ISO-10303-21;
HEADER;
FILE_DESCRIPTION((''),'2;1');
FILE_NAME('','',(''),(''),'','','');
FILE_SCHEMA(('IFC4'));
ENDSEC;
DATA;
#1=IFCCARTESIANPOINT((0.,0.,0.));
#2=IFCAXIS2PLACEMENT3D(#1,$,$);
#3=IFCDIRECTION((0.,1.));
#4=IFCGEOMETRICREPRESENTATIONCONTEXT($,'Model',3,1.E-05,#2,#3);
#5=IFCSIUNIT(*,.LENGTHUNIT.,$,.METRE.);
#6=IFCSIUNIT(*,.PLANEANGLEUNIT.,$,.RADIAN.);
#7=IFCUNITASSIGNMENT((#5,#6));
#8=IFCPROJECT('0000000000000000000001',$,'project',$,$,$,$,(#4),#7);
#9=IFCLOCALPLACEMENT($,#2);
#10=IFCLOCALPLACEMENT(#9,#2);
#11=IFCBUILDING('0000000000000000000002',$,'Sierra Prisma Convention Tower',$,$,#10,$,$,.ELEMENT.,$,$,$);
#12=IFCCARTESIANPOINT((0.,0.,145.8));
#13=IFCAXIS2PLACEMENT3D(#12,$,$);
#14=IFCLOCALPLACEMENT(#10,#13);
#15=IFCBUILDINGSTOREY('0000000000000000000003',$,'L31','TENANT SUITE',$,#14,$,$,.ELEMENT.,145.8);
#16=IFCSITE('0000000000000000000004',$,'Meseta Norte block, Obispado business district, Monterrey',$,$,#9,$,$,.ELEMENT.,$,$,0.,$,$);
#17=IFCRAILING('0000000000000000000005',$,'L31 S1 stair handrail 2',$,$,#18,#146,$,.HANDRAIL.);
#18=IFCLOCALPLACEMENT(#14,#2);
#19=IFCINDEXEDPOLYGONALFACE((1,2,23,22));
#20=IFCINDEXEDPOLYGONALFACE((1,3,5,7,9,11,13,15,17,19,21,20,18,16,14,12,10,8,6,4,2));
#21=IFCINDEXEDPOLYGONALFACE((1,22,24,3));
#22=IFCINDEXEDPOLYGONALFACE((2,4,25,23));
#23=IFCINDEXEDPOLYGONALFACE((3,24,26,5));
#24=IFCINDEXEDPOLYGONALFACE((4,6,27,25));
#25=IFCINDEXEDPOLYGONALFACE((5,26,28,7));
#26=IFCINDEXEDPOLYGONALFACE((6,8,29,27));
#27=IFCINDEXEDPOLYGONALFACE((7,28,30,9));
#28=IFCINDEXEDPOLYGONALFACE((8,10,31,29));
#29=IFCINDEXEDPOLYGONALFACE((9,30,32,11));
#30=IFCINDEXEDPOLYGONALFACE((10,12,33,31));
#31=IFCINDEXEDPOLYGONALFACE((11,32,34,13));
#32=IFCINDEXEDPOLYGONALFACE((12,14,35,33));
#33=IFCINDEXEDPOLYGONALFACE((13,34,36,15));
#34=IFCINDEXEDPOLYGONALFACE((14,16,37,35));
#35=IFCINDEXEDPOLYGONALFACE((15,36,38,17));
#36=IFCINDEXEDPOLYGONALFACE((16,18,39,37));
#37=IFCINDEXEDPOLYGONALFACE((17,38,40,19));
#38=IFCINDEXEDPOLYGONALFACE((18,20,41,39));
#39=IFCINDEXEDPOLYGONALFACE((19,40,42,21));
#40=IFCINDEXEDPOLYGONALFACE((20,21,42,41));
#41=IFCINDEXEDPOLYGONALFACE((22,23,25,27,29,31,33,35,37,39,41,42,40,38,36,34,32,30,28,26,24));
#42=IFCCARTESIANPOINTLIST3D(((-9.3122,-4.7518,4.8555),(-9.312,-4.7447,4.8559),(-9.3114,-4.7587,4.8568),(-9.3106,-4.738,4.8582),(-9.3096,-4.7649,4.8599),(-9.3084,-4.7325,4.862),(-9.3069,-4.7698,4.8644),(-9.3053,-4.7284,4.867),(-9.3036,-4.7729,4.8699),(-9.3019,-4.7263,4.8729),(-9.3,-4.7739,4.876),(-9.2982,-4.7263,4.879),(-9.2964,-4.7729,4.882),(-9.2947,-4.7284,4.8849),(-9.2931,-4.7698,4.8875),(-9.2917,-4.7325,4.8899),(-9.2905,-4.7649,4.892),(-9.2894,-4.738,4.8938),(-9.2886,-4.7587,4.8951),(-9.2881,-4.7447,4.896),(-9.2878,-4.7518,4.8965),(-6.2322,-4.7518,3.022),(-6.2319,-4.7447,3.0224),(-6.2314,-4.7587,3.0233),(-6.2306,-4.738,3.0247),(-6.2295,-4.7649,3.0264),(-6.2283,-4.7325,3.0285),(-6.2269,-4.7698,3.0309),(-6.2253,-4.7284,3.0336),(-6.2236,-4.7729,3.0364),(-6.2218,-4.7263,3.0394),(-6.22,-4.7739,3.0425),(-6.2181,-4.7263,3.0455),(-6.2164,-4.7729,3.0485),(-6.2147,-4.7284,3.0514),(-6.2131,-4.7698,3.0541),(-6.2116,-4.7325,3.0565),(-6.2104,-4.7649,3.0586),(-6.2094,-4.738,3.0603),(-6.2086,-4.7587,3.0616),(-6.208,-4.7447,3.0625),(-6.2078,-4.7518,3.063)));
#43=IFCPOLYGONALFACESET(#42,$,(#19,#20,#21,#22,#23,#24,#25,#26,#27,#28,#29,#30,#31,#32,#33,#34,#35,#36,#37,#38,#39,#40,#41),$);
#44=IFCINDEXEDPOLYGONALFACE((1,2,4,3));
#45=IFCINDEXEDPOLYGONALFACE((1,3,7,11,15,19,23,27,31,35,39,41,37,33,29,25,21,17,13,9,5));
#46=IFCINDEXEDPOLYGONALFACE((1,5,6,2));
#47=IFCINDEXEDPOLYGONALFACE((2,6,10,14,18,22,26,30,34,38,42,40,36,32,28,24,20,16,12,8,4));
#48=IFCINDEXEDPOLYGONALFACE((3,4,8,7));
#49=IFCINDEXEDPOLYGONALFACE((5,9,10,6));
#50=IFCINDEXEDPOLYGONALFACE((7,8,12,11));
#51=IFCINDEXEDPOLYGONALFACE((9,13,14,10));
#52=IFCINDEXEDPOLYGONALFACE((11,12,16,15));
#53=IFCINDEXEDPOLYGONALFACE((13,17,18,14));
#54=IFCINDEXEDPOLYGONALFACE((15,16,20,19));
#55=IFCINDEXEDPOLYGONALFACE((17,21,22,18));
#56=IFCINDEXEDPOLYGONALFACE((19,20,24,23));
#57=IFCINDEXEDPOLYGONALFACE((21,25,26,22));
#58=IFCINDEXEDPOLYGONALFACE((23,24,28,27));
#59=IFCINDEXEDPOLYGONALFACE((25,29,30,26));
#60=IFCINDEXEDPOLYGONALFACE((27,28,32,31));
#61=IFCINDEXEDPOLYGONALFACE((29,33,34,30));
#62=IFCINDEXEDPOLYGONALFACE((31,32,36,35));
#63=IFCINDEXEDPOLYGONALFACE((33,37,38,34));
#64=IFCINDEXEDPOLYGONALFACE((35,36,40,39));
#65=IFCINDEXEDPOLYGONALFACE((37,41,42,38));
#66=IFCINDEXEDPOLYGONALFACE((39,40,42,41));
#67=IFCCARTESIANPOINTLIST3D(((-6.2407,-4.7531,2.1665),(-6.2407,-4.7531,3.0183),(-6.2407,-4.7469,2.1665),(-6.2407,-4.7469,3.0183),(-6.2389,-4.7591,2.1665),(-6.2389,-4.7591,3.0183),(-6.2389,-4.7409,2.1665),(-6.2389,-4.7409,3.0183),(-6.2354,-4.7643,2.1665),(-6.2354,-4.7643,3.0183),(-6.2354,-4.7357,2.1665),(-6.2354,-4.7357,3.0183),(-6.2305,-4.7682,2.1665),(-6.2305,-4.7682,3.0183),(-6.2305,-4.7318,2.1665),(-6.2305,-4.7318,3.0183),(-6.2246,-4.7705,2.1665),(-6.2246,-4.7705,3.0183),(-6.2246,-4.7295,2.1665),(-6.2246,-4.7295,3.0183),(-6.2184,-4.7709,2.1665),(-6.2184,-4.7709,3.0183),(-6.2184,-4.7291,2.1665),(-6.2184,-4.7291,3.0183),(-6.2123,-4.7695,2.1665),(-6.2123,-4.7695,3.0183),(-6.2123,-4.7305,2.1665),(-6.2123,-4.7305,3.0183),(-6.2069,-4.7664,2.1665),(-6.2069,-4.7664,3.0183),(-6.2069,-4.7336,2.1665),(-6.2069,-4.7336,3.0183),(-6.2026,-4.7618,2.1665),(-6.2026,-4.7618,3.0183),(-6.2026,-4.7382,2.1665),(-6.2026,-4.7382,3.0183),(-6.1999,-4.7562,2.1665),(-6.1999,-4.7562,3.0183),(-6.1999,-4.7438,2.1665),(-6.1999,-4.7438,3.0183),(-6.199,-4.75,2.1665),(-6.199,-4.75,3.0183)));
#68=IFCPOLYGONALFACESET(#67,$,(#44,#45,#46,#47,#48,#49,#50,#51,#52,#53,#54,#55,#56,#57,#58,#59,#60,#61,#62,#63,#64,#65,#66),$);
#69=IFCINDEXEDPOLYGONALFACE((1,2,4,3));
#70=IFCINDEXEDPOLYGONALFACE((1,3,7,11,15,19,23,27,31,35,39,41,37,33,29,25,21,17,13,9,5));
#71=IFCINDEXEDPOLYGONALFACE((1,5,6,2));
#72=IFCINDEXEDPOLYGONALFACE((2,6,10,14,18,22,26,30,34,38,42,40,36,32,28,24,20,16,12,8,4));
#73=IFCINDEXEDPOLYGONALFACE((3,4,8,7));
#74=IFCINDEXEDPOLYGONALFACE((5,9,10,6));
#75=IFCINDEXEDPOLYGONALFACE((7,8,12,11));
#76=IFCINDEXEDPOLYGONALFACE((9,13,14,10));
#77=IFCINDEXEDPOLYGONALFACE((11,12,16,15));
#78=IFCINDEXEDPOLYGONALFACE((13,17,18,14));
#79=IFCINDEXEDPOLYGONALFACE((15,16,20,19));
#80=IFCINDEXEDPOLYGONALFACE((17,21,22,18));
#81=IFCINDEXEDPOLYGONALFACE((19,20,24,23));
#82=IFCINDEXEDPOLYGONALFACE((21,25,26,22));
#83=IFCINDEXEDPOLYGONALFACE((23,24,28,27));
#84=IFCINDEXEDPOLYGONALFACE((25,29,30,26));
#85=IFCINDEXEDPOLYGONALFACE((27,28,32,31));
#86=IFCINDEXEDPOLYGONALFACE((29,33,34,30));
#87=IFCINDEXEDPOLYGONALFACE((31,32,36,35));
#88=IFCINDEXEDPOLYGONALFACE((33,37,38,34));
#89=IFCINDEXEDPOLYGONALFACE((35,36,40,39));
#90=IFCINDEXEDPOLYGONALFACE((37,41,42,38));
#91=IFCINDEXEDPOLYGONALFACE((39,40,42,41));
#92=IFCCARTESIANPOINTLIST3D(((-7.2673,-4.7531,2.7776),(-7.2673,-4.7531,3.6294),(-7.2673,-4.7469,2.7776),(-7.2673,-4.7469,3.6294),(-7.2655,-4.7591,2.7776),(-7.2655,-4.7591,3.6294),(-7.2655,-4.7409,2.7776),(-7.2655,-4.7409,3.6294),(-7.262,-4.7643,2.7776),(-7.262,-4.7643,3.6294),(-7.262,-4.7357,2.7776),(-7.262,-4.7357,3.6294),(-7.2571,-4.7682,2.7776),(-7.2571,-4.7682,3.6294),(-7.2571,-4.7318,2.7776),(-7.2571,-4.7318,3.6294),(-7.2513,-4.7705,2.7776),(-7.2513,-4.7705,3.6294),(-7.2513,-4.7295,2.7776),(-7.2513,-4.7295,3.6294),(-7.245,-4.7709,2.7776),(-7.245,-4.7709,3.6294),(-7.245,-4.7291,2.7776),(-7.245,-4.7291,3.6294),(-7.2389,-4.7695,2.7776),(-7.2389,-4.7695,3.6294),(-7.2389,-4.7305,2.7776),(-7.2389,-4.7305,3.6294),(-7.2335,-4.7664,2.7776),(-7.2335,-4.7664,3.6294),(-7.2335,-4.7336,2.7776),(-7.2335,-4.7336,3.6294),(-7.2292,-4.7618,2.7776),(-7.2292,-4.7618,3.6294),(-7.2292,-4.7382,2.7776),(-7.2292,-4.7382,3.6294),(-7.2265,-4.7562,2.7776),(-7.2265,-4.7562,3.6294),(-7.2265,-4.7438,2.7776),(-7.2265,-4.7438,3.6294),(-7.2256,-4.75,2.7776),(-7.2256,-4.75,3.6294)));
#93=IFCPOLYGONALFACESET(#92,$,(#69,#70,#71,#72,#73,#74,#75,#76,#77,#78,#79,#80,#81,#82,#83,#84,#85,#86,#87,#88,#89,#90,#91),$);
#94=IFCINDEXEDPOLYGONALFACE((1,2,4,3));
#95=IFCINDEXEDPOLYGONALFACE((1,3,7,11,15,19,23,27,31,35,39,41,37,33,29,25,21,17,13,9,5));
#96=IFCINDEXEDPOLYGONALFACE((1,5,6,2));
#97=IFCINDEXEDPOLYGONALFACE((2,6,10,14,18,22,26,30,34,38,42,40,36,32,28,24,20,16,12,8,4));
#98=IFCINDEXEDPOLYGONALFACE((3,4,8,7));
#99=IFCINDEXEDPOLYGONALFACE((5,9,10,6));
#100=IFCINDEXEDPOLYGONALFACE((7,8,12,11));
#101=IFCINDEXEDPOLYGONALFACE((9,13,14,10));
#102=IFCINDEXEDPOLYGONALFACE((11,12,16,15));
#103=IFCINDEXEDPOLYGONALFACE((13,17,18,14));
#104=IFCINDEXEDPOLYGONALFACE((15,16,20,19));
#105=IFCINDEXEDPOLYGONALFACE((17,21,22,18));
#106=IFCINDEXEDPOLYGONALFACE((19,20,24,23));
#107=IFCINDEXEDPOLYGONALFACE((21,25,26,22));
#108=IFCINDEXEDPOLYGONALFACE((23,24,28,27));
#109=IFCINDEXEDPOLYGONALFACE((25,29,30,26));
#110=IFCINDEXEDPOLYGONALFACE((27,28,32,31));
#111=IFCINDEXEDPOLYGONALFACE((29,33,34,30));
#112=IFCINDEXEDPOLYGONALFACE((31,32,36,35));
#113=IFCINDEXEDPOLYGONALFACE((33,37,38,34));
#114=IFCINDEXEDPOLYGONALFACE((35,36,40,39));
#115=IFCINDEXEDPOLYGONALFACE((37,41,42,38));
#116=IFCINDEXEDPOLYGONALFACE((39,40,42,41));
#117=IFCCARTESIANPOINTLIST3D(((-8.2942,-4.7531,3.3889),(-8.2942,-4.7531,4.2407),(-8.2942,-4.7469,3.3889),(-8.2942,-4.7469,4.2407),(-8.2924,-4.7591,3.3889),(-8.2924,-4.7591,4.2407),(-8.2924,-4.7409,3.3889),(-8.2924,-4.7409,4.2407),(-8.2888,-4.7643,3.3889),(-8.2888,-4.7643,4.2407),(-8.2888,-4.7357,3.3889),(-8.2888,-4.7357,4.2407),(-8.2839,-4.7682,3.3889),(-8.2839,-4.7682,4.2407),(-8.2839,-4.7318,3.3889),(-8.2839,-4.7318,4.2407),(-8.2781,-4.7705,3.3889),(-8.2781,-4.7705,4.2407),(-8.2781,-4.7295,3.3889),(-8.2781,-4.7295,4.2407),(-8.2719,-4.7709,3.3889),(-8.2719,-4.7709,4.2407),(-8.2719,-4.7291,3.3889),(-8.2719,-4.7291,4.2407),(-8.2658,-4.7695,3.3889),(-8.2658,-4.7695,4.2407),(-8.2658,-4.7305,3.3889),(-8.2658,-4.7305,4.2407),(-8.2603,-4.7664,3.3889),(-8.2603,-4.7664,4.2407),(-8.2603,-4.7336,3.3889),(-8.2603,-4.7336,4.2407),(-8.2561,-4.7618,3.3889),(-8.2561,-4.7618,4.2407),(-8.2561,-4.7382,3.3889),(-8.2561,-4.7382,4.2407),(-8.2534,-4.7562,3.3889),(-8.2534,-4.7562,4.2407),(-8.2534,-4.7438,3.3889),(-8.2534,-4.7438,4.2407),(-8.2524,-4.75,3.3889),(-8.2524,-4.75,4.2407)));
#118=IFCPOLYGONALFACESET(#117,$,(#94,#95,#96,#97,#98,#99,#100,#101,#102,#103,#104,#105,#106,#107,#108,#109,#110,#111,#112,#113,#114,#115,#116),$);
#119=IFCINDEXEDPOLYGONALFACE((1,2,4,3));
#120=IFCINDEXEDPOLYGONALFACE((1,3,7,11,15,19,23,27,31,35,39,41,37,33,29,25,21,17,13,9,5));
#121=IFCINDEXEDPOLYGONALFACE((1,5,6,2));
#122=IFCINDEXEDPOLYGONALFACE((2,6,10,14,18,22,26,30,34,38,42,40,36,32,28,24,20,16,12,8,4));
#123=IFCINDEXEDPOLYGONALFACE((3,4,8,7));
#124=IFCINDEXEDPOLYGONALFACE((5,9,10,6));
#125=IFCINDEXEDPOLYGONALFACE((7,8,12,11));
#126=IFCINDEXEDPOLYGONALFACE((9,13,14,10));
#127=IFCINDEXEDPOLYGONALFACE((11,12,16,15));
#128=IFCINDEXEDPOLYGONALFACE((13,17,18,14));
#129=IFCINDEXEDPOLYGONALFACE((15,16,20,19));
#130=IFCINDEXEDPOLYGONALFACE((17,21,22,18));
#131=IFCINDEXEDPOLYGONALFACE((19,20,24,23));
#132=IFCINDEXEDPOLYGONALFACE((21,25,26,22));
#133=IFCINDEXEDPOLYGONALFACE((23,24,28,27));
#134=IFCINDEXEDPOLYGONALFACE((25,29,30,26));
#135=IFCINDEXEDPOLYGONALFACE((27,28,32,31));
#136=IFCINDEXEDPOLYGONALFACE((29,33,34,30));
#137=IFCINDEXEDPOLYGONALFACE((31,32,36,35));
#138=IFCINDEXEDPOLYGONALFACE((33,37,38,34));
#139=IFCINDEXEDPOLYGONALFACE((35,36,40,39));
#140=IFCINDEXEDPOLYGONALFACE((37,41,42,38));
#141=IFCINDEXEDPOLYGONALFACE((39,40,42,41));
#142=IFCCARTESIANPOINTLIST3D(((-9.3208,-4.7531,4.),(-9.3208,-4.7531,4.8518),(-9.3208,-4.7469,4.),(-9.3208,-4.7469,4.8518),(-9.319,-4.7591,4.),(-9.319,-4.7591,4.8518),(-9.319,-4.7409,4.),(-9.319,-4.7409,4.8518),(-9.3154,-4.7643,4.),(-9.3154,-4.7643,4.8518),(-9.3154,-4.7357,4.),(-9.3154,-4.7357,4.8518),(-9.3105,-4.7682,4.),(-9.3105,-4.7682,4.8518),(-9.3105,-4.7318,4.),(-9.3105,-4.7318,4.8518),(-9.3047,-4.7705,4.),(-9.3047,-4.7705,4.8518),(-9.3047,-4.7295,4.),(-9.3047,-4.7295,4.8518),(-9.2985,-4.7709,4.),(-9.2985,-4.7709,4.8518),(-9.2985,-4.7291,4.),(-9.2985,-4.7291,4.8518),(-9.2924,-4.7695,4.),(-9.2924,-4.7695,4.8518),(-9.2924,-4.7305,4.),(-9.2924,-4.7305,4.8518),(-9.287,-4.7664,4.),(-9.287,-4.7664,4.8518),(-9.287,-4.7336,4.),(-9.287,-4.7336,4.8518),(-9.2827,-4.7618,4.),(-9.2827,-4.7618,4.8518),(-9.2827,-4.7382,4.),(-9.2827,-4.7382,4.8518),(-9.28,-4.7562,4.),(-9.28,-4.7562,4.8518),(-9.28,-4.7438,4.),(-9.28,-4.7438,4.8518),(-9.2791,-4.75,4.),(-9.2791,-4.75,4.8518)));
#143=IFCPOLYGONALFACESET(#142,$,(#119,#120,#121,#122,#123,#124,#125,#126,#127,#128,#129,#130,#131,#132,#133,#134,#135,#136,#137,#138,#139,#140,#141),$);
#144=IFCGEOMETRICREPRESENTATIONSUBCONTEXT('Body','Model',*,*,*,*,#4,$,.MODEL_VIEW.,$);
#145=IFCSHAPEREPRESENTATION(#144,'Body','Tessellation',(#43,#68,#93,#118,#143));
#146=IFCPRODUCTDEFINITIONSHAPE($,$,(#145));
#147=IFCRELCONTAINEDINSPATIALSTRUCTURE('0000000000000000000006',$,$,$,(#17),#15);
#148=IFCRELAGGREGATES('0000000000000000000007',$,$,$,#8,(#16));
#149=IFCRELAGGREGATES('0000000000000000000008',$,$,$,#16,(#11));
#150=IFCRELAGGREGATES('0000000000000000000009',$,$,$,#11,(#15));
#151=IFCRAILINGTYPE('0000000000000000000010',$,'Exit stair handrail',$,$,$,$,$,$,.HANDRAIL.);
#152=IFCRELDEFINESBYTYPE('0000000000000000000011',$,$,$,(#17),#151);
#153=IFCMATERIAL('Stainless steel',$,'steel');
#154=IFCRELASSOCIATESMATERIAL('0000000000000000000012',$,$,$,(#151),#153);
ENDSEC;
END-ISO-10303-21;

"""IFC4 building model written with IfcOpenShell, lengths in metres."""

from ifc_helpers import new_model, si_unit, direction, frame, origin, origin_2d, place, context, subcontext, project, spatial, circle, extrude, material, type_object, element, save


model = new_model("IFC4")

# Units and contexts
model_context = context("Model", 3, precision=1e-05, world=origin(), true_north=direction((0.0, 1.0)))
body_context = subcontext(model_context, "Body", "Model", "MODEL_VIEW")
ifc_project = project(units=[si_unit("LENGTHUNIT", "METRE"), si_unit("PLANEANGLEUNIT", "RADIAN")], contexts=[model_context])

# Site, building, storey
site_placement = place(None, origin())
site = spatial("IfcSite", under=ifc_project, at=site_placement, Name="Meseta Norte block, Obispado business district, Monterrey", CompositionType="ELEMENT", RefElevation=0.0)
building_placement = place(site_placement, origin())
building = spatial("IfcBuilding", under=site, at=building_placement, Name="Sierra Prisma Convention Tower", CompositionType="ELEMENT")
storey_placement = place(building_placement, frame((0.0, 0.0, 145.8)))
storey = spatial("IfcBuildingStorey", under=building, at=storey_placement, Name="L31", Description="TENANT SUITE", CompositionType="ELEMENT", Elevation=145.8)

# Railing
ifc_material_1 = material(Name="Stainless steel", Category="steel")
railing_type_1 = type_object("IfcRailingType", Name="Exit stair handrail", PredefinedType="HANDRAIL", material=ifc_material_1)
railing_1_placement = place(storey_placement, frame((-6.22, -4.75, 2.1665)))
element("IfcRailing", 1, at=railing_1_placement, inside=storey, type_object=railing_type_1, Name="L31 S1 stair handrail 2", PredefinedType="HANDRAIL", context=body_context, shape_type="SweptSolid", body=[
    extrude(circle(Radius=0.0239, at=origin_2d()), frame((0.0, 0.0, 0.876), z_axis=(-0.859279, 0.0, 0.511508), x_axis=(0.0, -1.0, 0.0)), (0.0, 0.0, 1.0), 3.5845),
    extrude(circle(Radius=0.021, at=origin_2d()), origin(), (0.0, 0.0, 1.0), 0.8518),
    extrude(circle(Radius=0.021, at=origin_2d()), frame((-1.0266, 0.0, 0.6111)), (0.0, 0.0, 1.0), 0.8518),
    extrude(circle(Radius=0.021, at=origin_2d()), frame((-2.0535, 0.0, 1.2224)), (0.0, 0.0, 1.0), 0.8518),
    extrude(circle(Radius=0.021, at=origin_2d()), frame((-3.0801, 0.0, 1.8335)), (0.0, 0.0, 1.0), 0.8518),
])

save(model, "model.ifc")
